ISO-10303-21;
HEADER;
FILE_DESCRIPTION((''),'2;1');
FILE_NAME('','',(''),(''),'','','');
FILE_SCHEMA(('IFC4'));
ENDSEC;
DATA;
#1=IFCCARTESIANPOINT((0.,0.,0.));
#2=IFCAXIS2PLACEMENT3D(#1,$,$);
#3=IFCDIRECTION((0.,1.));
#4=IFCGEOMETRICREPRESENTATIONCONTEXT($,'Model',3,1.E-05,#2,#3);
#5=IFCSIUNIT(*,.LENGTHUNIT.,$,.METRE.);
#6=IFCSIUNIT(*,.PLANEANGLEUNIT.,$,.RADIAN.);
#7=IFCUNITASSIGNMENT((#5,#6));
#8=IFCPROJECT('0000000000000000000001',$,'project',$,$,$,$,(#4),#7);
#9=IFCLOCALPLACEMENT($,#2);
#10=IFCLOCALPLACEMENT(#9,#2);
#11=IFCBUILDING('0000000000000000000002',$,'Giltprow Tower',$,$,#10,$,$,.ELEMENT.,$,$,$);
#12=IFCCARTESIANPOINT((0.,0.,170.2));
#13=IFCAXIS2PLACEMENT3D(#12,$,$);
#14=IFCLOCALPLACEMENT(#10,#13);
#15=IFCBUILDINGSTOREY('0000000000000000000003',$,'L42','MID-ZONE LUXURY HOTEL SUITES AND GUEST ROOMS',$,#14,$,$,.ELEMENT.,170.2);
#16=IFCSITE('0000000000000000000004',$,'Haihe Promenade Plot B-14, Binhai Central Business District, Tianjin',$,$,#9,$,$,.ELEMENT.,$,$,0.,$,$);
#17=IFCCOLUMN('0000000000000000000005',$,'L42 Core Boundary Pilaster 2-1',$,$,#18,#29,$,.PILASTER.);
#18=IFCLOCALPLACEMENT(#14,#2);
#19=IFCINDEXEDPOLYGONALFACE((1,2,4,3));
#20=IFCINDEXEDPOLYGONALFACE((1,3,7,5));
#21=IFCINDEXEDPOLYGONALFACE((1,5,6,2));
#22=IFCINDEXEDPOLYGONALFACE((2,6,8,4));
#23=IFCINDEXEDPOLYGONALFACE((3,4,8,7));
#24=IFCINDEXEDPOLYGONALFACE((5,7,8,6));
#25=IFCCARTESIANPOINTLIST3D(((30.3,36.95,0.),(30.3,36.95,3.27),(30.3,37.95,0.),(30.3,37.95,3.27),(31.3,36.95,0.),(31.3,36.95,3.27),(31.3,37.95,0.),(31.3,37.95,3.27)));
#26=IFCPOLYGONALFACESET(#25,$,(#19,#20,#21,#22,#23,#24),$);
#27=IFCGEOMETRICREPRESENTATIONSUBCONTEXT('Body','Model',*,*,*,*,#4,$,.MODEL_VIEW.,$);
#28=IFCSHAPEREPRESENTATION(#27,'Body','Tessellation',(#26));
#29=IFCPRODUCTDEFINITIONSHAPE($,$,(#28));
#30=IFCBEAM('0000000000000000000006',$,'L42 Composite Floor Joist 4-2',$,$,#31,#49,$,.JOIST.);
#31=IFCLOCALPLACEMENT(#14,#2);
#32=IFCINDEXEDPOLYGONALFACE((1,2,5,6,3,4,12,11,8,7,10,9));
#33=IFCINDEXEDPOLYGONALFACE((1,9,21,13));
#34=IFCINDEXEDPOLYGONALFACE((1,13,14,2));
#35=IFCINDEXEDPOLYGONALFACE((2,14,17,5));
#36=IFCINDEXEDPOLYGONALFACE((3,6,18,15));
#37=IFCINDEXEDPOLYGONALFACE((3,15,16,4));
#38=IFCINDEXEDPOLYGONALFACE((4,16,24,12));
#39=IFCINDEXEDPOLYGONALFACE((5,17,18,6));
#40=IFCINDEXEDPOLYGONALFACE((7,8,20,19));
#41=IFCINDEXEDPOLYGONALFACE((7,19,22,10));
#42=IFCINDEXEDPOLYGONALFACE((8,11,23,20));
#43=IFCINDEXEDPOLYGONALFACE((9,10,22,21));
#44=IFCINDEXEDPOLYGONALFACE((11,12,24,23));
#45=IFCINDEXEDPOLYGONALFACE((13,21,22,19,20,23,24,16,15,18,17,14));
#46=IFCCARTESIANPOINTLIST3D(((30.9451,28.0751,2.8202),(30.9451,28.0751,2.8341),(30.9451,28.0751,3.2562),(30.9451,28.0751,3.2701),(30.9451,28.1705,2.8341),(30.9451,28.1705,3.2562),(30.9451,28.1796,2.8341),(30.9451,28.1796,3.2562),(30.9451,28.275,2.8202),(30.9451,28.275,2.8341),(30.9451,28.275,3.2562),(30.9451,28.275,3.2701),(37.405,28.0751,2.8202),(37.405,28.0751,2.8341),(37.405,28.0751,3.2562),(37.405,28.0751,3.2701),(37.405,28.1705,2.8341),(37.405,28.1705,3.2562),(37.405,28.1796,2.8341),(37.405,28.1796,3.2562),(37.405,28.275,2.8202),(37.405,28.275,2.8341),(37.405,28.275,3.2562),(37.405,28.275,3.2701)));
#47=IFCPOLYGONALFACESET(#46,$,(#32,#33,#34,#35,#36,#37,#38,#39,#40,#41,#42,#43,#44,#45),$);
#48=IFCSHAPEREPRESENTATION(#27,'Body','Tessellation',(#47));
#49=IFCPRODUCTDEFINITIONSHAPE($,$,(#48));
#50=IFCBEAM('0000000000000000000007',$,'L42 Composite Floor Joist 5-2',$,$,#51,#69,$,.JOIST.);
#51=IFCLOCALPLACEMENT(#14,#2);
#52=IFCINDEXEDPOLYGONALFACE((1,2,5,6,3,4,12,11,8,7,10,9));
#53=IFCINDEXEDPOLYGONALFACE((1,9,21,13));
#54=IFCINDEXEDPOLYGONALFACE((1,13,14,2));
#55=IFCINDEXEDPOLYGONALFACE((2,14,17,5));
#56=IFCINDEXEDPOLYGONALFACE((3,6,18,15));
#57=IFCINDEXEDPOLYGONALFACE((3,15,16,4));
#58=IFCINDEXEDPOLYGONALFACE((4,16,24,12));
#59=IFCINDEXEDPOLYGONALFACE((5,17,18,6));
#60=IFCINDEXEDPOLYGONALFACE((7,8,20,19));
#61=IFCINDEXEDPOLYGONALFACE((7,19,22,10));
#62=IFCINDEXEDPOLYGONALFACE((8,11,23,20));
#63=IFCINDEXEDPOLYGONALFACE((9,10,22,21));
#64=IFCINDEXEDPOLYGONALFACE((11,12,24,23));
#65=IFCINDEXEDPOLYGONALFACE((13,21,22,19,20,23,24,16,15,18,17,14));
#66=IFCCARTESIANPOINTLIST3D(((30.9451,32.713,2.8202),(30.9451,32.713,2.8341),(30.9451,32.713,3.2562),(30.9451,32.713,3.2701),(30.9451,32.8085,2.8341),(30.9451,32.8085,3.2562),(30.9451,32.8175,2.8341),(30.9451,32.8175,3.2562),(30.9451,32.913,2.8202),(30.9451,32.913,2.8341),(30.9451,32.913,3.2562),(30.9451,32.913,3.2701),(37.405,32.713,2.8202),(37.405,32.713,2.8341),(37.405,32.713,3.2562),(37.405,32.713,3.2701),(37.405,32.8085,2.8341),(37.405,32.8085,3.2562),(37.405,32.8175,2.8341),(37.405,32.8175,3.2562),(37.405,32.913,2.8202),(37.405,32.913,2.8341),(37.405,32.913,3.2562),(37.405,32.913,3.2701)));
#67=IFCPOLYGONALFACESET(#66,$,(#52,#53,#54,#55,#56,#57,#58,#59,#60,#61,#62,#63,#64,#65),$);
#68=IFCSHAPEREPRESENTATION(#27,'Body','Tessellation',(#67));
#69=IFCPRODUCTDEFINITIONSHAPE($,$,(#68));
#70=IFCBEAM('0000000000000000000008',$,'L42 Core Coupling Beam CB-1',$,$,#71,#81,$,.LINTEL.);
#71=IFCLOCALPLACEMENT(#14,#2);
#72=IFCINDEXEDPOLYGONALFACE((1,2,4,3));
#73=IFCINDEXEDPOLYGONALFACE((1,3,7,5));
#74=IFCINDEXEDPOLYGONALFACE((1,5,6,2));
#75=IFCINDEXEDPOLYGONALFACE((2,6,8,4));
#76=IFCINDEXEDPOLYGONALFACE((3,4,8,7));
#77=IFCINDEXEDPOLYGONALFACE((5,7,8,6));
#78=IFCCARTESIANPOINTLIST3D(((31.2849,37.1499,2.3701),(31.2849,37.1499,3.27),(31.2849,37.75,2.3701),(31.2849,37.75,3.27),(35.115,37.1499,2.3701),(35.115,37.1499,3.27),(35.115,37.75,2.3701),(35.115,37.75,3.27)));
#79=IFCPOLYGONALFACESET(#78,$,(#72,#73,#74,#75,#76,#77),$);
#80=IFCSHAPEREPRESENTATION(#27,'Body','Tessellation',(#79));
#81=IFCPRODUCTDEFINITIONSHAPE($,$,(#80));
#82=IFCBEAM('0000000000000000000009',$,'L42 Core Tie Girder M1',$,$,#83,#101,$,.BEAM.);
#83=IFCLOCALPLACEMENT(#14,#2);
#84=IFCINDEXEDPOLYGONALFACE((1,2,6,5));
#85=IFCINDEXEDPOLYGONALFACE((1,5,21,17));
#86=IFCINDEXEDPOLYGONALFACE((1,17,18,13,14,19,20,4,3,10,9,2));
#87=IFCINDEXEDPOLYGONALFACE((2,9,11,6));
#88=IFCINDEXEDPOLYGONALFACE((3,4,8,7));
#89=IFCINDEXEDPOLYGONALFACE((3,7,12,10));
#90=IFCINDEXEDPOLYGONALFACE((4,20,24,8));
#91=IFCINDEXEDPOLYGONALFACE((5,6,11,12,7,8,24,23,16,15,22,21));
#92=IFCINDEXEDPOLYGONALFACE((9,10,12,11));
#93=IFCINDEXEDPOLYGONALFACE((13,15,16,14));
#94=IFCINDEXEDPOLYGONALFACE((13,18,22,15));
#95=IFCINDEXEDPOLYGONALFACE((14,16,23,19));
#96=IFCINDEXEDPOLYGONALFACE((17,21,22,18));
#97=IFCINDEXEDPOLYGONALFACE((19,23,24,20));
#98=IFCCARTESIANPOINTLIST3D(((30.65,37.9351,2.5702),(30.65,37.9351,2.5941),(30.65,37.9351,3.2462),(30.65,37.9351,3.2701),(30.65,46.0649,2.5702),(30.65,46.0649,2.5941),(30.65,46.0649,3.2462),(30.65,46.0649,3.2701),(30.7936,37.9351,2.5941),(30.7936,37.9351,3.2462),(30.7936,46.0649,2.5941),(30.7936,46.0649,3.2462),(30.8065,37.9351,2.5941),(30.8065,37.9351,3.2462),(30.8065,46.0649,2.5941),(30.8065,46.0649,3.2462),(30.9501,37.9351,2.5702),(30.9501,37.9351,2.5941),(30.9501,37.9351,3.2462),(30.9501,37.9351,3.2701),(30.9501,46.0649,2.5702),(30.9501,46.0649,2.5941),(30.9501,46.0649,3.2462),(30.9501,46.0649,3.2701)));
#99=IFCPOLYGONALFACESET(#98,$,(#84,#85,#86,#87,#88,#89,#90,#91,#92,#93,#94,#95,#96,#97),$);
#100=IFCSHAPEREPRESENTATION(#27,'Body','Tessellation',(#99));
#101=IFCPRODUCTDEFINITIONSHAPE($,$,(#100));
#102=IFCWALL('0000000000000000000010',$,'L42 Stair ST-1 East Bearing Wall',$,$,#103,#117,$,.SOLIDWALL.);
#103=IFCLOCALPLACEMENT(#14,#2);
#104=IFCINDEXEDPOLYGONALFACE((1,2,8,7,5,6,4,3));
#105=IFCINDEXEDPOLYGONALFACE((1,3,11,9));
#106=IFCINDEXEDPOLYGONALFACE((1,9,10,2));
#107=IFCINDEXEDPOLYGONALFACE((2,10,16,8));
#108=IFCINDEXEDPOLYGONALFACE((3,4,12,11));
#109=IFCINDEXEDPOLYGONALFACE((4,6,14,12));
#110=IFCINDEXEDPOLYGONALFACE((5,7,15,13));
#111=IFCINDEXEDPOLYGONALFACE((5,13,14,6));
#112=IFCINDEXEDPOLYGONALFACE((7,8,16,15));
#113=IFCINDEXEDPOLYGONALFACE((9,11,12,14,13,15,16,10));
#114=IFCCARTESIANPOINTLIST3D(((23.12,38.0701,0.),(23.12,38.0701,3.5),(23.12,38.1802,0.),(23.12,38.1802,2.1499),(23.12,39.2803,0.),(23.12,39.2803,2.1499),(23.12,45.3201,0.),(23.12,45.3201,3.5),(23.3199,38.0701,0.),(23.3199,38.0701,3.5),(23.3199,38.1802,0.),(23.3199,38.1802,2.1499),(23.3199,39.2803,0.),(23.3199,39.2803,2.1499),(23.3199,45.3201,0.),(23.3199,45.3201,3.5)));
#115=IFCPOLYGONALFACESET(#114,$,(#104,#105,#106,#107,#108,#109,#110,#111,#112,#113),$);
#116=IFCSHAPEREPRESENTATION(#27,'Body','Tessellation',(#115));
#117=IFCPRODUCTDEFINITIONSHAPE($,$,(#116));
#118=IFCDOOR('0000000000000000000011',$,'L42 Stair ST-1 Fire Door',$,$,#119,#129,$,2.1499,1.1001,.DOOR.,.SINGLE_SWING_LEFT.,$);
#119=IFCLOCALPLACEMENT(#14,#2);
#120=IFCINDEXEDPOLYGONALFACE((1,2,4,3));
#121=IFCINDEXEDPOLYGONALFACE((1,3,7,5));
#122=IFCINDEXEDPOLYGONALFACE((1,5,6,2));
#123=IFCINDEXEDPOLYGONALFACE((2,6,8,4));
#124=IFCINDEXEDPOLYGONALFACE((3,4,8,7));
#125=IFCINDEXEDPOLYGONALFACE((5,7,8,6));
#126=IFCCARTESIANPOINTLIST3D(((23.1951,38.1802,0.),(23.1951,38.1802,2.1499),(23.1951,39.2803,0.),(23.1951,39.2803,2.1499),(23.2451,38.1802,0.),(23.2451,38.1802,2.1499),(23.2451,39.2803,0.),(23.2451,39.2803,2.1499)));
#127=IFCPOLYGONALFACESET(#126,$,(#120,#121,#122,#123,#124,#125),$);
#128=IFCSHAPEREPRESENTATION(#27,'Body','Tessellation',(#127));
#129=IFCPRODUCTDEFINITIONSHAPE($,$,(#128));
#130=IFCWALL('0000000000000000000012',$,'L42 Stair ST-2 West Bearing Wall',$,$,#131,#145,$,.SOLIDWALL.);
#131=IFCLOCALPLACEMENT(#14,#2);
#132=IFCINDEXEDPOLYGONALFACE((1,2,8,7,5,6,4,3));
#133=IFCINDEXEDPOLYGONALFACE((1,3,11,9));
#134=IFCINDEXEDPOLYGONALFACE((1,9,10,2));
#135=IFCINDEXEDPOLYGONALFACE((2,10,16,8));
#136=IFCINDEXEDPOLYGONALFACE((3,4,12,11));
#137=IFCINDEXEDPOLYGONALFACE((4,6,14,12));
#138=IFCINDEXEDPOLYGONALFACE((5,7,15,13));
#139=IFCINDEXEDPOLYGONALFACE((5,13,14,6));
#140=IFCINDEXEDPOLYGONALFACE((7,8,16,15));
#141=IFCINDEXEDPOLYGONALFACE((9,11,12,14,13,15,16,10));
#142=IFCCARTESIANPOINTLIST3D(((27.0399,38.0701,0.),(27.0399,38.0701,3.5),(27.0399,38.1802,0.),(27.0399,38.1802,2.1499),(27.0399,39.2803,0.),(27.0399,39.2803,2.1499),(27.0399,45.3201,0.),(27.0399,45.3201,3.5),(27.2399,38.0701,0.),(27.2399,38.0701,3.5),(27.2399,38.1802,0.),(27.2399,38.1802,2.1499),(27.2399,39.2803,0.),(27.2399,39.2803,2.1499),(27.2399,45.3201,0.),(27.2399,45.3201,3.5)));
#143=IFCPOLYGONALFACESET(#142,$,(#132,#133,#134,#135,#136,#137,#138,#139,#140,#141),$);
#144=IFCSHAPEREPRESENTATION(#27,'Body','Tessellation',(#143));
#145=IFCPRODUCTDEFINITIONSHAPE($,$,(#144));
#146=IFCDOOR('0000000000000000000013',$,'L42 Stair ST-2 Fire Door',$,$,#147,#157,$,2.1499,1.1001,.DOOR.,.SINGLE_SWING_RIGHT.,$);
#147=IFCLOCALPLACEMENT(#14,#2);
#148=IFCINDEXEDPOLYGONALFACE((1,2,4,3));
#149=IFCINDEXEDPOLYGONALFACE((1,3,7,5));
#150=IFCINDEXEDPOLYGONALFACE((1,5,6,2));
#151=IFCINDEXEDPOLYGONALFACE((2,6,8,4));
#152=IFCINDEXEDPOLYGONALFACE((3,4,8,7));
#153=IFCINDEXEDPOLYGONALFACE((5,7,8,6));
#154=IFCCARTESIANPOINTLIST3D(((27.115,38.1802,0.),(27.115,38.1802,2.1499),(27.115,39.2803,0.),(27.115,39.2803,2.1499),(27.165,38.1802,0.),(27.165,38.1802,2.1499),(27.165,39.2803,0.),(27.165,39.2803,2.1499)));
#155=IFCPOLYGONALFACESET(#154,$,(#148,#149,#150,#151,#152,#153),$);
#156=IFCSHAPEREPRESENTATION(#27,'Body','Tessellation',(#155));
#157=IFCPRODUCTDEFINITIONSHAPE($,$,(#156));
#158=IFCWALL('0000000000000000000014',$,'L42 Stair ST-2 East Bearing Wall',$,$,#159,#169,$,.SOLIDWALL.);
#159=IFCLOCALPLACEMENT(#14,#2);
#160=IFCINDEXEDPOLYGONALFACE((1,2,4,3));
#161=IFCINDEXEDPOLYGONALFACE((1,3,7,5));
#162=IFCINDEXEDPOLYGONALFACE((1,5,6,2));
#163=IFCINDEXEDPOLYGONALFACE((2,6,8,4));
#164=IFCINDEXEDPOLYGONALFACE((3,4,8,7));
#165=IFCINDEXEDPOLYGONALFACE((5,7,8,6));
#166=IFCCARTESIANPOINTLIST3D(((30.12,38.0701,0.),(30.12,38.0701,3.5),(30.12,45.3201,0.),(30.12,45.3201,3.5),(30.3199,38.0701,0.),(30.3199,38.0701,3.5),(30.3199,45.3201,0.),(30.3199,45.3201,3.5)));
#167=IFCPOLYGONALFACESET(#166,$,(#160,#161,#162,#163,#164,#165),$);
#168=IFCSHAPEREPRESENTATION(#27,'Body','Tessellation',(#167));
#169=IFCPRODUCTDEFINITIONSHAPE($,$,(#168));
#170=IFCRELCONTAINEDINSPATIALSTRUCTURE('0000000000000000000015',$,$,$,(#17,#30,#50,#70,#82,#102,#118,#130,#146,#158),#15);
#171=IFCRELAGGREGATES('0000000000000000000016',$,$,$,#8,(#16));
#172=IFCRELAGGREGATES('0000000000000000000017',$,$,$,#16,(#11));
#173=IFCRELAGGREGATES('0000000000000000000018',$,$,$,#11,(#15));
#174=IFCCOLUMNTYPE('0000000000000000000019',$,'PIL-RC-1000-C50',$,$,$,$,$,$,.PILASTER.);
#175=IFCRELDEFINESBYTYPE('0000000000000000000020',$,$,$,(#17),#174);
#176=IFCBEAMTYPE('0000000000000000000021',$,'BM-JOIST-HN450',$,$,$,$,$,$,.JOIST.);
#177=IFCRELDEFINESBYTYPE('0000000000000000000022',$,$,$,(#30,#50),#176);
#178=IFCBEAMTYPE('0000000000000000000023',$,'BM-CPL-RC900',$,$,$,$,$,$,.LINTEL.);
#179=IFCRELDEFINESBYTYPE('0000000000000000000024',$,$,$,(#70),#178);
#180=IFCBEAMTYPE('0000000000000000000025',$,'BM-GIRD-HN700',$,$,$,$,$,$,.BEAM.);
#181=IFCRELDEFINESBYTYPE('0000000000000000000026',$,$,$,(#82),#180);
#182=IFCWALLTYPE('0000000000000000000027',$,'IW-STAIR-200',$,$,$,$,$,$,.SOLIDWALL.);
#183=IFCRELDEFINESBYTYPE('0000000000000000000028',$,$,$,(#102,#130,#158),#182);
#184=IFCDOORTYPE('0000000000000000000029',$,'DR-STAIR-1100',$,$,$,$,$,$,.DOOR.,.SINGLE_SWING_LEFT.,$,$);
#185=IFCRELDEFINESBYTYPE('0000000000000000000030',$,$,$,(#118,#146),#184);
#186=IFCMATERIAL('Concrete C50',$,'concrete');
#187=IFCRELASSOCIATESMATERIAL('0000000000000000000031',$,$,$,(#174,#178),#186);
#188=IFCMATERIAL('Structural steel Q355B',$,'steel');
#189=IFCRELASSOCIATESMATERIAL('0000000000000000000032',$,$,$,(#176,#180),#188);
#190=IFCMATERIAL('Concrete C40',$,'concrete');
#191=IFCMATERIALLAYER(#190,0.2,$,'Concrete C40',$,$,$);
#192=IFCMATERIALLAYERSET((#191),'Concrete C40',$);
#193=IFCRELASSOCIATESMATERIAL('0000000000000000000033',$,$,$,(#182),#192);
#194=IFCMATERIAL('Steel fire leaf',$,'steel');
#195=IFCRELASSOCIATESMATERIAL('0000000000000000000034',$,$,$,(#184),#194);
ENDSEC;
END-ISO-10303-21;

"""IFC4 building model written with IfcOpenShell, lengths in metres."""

from ifc_helpers import new_model, si_unit, direction, frame, frame_2d, origin, origin_2d, place, context, subcontext, project, spatial, rectangle, i_section, extrude, source, transform, mapped, material, layer, layer_set, material_profile, profile_set, type_object, element, fill, save


model = new_model("IFC4")

# Units and contexts
model_context = context("Model", 3, precision=1e-05, world=origin(), true_north=direction((0.0, 1.0)))
body_context = subcontext(model_context, "Body", "Model", "MODEL_VIEW")
ifc_project = project(units=[si_unit("LENGTHUNIT", "METRE"), si_unit("PLANEANGLEUNIT", "RADIAN")], contexts=[model_context])

# Site, building, storey
site_placement = place(None, origin())
site = spatial("IfcSite", under=ifc_project, at=site_placement, Name="Haihe Promenade Plot B-14, Binhai Central Business District, Tianjin", CompositionType="ELEMENT", RefElevation=0.0)
building_placement = place(site_placement, origin())
building = spatial("IfcBuilding", under=site, at=building_placement, Name="Giltprow Tower", CompositionType="ELEMENT")
storey_placement = place(building_placement, frame((0.0, 0.0, 170.2)))
storey = spatial("IfcBuildingStorey", under=building, at=storey_placement, Name="L42", Description="MID-ZONE LUXURY HOTEL SUITES AND GUEST ROOMS", CompositionType="ELEMENT", Elevation=170.2)

# Column
ifc_material_1 = material(Name="Concrete C50", Category="concrete")
ifc_material_profile_1 = material_profile(ifc_material_1, rectangle(XDim=1.0, YDim=1.0, at=origin_2d()), Name="RC 1000x1000")
ifc_profile_set_1 = profile_set([ifc_material_profile_1], Name="Concrete C50")
column_type = type_object("IfcColumnType", Name="PIL-RC-1000-C50", PredefinedType="PILASTER", material=ifc_profile_set_1)
shared_shape_1 = source(origin(), body_context, "Body", "SweptSolid", [
    extrude(rectangle(XDim=1.0, YDim=1.0, at=origin_2d()), origin(), (0.0, 0.0, 1.0), 3.27),
])
column_placement = place(storey_placement, frame((30.8, 37.45, 0.0), z_axis=(0.0, 0.0, 1.0), x_axis=(1.0, 0.0, 0.0)))
element("IfcColumn", 1, at=column_placement, inside=storey, type_object=column_type, Name="L42 Core Boundary Pilaster 2-1", PredefinedType="PILASTER", context=body_context, shape_type="MappedRepresentation", body=[
    mapped(shared_shape_1, transform((0.0, 0.0, 0.0), x_axis=(1.0, 0.0, 0.0), y_axis=(0.0, 1.0, 0.0), z_axis=(0.0, 0.0, 1.0), scale=1.0)),
])

# Beams
ifc_material_2 = material(Name="Structural steel Q355B", Category="steel")
ifc_material_profile_2 = material_profile(ifc_material_2, i_section(OverallWidth=0.2, OverallDepth=0.45, WebThickness=0.009, FlangeThickness=0.0139, at=origin_2d()), Name="HN 450x200x9x14")
ifc_profile_set_2 = profile_set([ifc_material_profile_2], Name="Structural steel Q355B")
beam_type_1 = type_object("IfcBeamType", Name="BM-JOIST-HN450", PredefinedType="JOIST", material=ifc_profile_set_2)
shared_shape_2 = source(origin(), body_context, "Body", "SweptSolid", [
    extrude(i_section(OverallWidth=0.2, OverallDepth=0.45, WebThickness=0.009, FlangeThickness=0.0139, at=origin_2d()), origin(), (0.0, 0.0, 1.0), 6.46),
])
for number, where, z_axis, x_axis, name in (
    (2, (30.9451, 28.175, 3.0452), (1.0, 0.0, 0.0), (0.0, 1.0, 0.0), "L42 Composite Floor Joist 4-2"),
    (3, (30.9451, 32.813, 3.0452), (1.0, 0.0, 0.0), (0.0, 1.0, 0.0), "L42 Composite Floor Joist 5-2"),
):
    element("IfcBeam", number, at=place(storey_placement, frame(where, z_axis=z_axis, x_axis=x_axis)), inside=storey, type_object=beam_type_1, Name=name, PredefinedType="JOIST", context=body_context, shape_type="MappedRepresentation", body=[
        mapped(shared_shape_2, transform((0.0, 0.0, 0.0), x_axis=(1.0, 0.0, 0.0), y_axis=(0.0, 1.0, 0.0), z_axis=(0.0, 0.0, 1.0), scale=1.0)),
    ])
ifc_material_profile_3 = material_profile(ifc_material_1, rectangle(XDim=0.6001, YDim=0.8999, at=origin_2d()), Name="RC 900x600")
ifc_profile_set_3 = profile_set([ifc_material_profile_3], Name="Concrete C50")
beam_type_2 = type_object("IfcBeamType", Name="BM-CPL-RC900", PredefinedType="LINTEL", material=ifc_profile_set_3)
shared_shape_3 = source(origin(), body_context, "Body", "SweptSolid", [
    extrude(rectangle(XDim=0.6001, YDim=0.8999, at=origin_2d()), origin(), (0.0, 0.0, 1.0), 3.8301),
])
beam_1_placement = place(storey_placement, frame((31.2849, 37.45, 2.8201), z_axis=(1.0, 0.0, 0.0), x_axis=(0.0, 1.0, 0.0)))
element("IfcBeam", 4, at=beam_1_placement, inside=storey, type_object=beam_type_2, Name="L42 Core Coupling Beam CB-1", PredefinedType="LINTEL", context=body_context, shape_type="MappedRepresentation", body=[
    mapped(shared_shape_3, transform((0.0, 0.0, 0.0), x_axis=(1.0, 0.0, 0.0), y_axis=(0.0, 1.0, 0.0), z_axis=(0.0, 0.0, 1.0), scale=1.0)),
])
ifc_material_profile_4 = material_profile(ifc_material_2, i_section(OverallWidth=0.3, OverallDepth=0.7, WebThickness=0.0129, FlangeThickness=0.0239, at=origin_2d()), Name="HN 700x300x13x24")
ifc_profile_set_4 = profile_set([ifc_material_profile_4], Name="Structural steel Q355B")
beam_type_3 = type_object("IfcBeamType", Name="BM-GIRD-HN700", PredefinedType="BEAM", material=ifc_profile_set_4)
shared_shape_4 = source(origin(), body_context, "Body", "SweptSolid", [
    extrude(i_section(OverallWidth=0.3, OverallDepth=0.7, WebThickness=0.0129, FlangeThickness=0.0239, at=origin_2d()), origin(), (0.0, 0.0, 1.0), 8.1299),
])
beam_2_placement = place(storey_placement, frame((30.8, 37.9351, 2.9202), z_axis=(0.0, 1.0, 0.0), x_axis=(-1.0, 0.0, 0.0)))
element("IfcBeam", 5, at=beam_2_placement, inside=storey, type_object=beam_type_3, Name="L42 Core Tie Girder M1", PredefinedType="BEAM", context=body_context, shape_type="MappedRepresentation", body=[
    mapped(shared_shape_4, transform((0.0, 0.0, 0.0), x_axis=(1.0, 0.0, 0.0), y_axis=(0.0, 1.0, 0.0), z_axis=(0.0, 0.0, 1.0), scale=1.0)),
])

# Walls, openings, doors
ifc_material_3 = material(Name="Concrete C40", Category="concrete")
ifc_layer_1 = layer(ifc_material_3, 0.2, Name="Concrete C40")
ifc_layer_set_1 = layer_set([ifc_layer_1], Name="Concrete C40")
wall_type_1 = type_object("IfcWallType", Name="IW-STAIR-200", PredefinedType="SOLIDWALL", material=ifc_layer_set_1)
wall_1_placement = place(storey_placement, frame((23.22, 38.0701, 0.0), z_axis=(0.0, 0.0, 1.0), x_axis=(0.0, 1.0, 0.0)))
wall_1 = element("IfcWall", 6, at=wall_1_placement, inside=storey, type_object=wall_type_1, Name="L42 Stair ST-1 East Bearing Wall", PredefinedType="SOLIDWALL", context=body_context, shape_type="SweptSolid", body=[
    extrude(rectangle(XDim=7.25, YDim=0.2, at=frame_2d((3.625, 0.0))), origin(), (0.0, 0.0, 1.0), 3.5),
])
opening_1_placement = place(wall_1_placement, frame((0.1101, 0.0, 0.0)))
opening_1 = element("IfcOpeningElement", 7, at=opening_1_placement, cuts=wall_1, PredefinedType="OPENING", context=body_context, shape_type="SweptSolid", body=[
    extrude(rectangle(XDim=1.1001, YDim=2.1499, at=frame_2d((0.55, 1.075))), frame((0.0, 0.1099, 0.0), z_axis=(0.0, -1.0, 0.0), x_axis=(1.0, 0.0, 0.0)), (0.0, 0.0, 1.0), 0.22),
])
ifc_material_4 = material(Name="Steel fire leaf", Category="steel")
door_type_1 = type_object("IfcDoorType", Name="DR-STAIR-1100", OperationType="SINGLE_SWING_LEFT", PredefinedType="DOOR", material=ifc_material_4)
shared_shape_5 = source(origin(), body_context, "Body", "SweptSolid", [
    extrude(rectangle(XDim=1.1001, YDim=2.1499, at=frame_2d((0.55, 1.075))), frame((0.0, 0.0249, 0.0), z_axis=(0.0, -1.0, 0.0), x_axis=(1.0, 0.0, 0.0)), (0.0, 0.0, 1.0), 0.05),
])
door_1_placement = place(opening_1_placement, origin())
door_1 = element("IfcDoor", 8, at=door_1_placement, inside=storey, type_object=door_type_1, Name="L42 Stair ST-1 Fire Door", OperationType="SINGLE_SWING_LEFT", OverallHeight=2.1499, OverallWidth=1.1001, PredefinedType="DOOR", context=body_context, shape_type="MappedRepresentation", body=[
    mapped(shared_shape_5, transform((0.0, 0.0, 0.0), x_axis=(1.0, 0.0, 0.0), y_axis=(0.0, 1.0, 0.0), z_axis=(0.0, 0.0, 1.0), scale=1.0)),
])
fill(opening_1, door_1)
wall_2_placement = place(storey_placement, frame((27.1399, 38.0701, 0.0), z_axis=(0.0, 0.0, 1.0), x_axis=(0.0, 1.0, 0.0)))
wall_2 = element("IfcWall", 9, at=wall_2_placement, inside=storey, type_object=wall_type_1, Name="L42 Stair ST-2 West Bearing Wall", PredefinedType="SOLIDWALL", context=body_context, shape_type="SweptSolid", body=[
    extrude(rectangle(XDim=7.25, YDim=0.2, at=frame_2d((3.625, 0.0))), origin(), (0.0, 0.0, 1.0), 3.5),
])
opening_2_placement = place(wall_2_placement, frame((0.1101, 0.0, 0.0)))
opening_2 = element("IfcOpeningElement", 10, at=opening_2_placement, cuts=wall_2, PredefinedType="OPENING", context=body_context, shape_type="SweptSolid", body=[
    extrude(rectangle(XDim=1.1001, YDim=2.1499, at=frame_2d((0.55, 1.075))), frame((0.0, 0.1099, 0.0), z_axis=(0.0, -1.0, 0.0), x_axis=(1.0, 0.0, 0.0)), (0.0, 0.0, 1.0), 0.22),
])
door_2_placement = place(opening_2_placement, origin())
door_2 = element("IfcDoor", 11, at=door_2_placement, inside=storey, type_object=door_type_1, Name="L42 Stair ST-2 Fire Door", OperationType="SINGLE_SWING_RIGHT", OverallHeight=2.1499, OverallWidth=1.1001, PredefinedType="DOOR", context=body_context, shape_type="MappedRepresentation", body=[
    mapped(shared_shape_5, transform((0.0, 0.0, 0.0), x_axis=(1.0, 0.0, 0.0), y_axis=(0.0, 1.0, 0.0), z_axis=(0.0, 0.0, 1.0), scale=1.0)),
])
fill(opening_2, door_2)

# Wall
wall_3_placement = place(storey_placement, frame((30.22, 38.0701, 0.0), z_axis=(0.0, 0.0, 1.0), x_axis=(0.0, 1.0, 0.0)))
element("IfcWall", 12, at=wall_3_placement, inside=storey, type_object=wall_type_1, Name="L42 Stair ST-2 East Bearing Wall", PredefinedType="SOLIDWALL", context=body_context, shape_type="SweptSolid", body=[
    extrude(rectangle(XDim=7.25, YDim=0.2, at=frame_2d((3.625, 0.0))), origin(), (0.0, 0.0, 1.0), 3.5),
])

save(model, "model.ifc")
